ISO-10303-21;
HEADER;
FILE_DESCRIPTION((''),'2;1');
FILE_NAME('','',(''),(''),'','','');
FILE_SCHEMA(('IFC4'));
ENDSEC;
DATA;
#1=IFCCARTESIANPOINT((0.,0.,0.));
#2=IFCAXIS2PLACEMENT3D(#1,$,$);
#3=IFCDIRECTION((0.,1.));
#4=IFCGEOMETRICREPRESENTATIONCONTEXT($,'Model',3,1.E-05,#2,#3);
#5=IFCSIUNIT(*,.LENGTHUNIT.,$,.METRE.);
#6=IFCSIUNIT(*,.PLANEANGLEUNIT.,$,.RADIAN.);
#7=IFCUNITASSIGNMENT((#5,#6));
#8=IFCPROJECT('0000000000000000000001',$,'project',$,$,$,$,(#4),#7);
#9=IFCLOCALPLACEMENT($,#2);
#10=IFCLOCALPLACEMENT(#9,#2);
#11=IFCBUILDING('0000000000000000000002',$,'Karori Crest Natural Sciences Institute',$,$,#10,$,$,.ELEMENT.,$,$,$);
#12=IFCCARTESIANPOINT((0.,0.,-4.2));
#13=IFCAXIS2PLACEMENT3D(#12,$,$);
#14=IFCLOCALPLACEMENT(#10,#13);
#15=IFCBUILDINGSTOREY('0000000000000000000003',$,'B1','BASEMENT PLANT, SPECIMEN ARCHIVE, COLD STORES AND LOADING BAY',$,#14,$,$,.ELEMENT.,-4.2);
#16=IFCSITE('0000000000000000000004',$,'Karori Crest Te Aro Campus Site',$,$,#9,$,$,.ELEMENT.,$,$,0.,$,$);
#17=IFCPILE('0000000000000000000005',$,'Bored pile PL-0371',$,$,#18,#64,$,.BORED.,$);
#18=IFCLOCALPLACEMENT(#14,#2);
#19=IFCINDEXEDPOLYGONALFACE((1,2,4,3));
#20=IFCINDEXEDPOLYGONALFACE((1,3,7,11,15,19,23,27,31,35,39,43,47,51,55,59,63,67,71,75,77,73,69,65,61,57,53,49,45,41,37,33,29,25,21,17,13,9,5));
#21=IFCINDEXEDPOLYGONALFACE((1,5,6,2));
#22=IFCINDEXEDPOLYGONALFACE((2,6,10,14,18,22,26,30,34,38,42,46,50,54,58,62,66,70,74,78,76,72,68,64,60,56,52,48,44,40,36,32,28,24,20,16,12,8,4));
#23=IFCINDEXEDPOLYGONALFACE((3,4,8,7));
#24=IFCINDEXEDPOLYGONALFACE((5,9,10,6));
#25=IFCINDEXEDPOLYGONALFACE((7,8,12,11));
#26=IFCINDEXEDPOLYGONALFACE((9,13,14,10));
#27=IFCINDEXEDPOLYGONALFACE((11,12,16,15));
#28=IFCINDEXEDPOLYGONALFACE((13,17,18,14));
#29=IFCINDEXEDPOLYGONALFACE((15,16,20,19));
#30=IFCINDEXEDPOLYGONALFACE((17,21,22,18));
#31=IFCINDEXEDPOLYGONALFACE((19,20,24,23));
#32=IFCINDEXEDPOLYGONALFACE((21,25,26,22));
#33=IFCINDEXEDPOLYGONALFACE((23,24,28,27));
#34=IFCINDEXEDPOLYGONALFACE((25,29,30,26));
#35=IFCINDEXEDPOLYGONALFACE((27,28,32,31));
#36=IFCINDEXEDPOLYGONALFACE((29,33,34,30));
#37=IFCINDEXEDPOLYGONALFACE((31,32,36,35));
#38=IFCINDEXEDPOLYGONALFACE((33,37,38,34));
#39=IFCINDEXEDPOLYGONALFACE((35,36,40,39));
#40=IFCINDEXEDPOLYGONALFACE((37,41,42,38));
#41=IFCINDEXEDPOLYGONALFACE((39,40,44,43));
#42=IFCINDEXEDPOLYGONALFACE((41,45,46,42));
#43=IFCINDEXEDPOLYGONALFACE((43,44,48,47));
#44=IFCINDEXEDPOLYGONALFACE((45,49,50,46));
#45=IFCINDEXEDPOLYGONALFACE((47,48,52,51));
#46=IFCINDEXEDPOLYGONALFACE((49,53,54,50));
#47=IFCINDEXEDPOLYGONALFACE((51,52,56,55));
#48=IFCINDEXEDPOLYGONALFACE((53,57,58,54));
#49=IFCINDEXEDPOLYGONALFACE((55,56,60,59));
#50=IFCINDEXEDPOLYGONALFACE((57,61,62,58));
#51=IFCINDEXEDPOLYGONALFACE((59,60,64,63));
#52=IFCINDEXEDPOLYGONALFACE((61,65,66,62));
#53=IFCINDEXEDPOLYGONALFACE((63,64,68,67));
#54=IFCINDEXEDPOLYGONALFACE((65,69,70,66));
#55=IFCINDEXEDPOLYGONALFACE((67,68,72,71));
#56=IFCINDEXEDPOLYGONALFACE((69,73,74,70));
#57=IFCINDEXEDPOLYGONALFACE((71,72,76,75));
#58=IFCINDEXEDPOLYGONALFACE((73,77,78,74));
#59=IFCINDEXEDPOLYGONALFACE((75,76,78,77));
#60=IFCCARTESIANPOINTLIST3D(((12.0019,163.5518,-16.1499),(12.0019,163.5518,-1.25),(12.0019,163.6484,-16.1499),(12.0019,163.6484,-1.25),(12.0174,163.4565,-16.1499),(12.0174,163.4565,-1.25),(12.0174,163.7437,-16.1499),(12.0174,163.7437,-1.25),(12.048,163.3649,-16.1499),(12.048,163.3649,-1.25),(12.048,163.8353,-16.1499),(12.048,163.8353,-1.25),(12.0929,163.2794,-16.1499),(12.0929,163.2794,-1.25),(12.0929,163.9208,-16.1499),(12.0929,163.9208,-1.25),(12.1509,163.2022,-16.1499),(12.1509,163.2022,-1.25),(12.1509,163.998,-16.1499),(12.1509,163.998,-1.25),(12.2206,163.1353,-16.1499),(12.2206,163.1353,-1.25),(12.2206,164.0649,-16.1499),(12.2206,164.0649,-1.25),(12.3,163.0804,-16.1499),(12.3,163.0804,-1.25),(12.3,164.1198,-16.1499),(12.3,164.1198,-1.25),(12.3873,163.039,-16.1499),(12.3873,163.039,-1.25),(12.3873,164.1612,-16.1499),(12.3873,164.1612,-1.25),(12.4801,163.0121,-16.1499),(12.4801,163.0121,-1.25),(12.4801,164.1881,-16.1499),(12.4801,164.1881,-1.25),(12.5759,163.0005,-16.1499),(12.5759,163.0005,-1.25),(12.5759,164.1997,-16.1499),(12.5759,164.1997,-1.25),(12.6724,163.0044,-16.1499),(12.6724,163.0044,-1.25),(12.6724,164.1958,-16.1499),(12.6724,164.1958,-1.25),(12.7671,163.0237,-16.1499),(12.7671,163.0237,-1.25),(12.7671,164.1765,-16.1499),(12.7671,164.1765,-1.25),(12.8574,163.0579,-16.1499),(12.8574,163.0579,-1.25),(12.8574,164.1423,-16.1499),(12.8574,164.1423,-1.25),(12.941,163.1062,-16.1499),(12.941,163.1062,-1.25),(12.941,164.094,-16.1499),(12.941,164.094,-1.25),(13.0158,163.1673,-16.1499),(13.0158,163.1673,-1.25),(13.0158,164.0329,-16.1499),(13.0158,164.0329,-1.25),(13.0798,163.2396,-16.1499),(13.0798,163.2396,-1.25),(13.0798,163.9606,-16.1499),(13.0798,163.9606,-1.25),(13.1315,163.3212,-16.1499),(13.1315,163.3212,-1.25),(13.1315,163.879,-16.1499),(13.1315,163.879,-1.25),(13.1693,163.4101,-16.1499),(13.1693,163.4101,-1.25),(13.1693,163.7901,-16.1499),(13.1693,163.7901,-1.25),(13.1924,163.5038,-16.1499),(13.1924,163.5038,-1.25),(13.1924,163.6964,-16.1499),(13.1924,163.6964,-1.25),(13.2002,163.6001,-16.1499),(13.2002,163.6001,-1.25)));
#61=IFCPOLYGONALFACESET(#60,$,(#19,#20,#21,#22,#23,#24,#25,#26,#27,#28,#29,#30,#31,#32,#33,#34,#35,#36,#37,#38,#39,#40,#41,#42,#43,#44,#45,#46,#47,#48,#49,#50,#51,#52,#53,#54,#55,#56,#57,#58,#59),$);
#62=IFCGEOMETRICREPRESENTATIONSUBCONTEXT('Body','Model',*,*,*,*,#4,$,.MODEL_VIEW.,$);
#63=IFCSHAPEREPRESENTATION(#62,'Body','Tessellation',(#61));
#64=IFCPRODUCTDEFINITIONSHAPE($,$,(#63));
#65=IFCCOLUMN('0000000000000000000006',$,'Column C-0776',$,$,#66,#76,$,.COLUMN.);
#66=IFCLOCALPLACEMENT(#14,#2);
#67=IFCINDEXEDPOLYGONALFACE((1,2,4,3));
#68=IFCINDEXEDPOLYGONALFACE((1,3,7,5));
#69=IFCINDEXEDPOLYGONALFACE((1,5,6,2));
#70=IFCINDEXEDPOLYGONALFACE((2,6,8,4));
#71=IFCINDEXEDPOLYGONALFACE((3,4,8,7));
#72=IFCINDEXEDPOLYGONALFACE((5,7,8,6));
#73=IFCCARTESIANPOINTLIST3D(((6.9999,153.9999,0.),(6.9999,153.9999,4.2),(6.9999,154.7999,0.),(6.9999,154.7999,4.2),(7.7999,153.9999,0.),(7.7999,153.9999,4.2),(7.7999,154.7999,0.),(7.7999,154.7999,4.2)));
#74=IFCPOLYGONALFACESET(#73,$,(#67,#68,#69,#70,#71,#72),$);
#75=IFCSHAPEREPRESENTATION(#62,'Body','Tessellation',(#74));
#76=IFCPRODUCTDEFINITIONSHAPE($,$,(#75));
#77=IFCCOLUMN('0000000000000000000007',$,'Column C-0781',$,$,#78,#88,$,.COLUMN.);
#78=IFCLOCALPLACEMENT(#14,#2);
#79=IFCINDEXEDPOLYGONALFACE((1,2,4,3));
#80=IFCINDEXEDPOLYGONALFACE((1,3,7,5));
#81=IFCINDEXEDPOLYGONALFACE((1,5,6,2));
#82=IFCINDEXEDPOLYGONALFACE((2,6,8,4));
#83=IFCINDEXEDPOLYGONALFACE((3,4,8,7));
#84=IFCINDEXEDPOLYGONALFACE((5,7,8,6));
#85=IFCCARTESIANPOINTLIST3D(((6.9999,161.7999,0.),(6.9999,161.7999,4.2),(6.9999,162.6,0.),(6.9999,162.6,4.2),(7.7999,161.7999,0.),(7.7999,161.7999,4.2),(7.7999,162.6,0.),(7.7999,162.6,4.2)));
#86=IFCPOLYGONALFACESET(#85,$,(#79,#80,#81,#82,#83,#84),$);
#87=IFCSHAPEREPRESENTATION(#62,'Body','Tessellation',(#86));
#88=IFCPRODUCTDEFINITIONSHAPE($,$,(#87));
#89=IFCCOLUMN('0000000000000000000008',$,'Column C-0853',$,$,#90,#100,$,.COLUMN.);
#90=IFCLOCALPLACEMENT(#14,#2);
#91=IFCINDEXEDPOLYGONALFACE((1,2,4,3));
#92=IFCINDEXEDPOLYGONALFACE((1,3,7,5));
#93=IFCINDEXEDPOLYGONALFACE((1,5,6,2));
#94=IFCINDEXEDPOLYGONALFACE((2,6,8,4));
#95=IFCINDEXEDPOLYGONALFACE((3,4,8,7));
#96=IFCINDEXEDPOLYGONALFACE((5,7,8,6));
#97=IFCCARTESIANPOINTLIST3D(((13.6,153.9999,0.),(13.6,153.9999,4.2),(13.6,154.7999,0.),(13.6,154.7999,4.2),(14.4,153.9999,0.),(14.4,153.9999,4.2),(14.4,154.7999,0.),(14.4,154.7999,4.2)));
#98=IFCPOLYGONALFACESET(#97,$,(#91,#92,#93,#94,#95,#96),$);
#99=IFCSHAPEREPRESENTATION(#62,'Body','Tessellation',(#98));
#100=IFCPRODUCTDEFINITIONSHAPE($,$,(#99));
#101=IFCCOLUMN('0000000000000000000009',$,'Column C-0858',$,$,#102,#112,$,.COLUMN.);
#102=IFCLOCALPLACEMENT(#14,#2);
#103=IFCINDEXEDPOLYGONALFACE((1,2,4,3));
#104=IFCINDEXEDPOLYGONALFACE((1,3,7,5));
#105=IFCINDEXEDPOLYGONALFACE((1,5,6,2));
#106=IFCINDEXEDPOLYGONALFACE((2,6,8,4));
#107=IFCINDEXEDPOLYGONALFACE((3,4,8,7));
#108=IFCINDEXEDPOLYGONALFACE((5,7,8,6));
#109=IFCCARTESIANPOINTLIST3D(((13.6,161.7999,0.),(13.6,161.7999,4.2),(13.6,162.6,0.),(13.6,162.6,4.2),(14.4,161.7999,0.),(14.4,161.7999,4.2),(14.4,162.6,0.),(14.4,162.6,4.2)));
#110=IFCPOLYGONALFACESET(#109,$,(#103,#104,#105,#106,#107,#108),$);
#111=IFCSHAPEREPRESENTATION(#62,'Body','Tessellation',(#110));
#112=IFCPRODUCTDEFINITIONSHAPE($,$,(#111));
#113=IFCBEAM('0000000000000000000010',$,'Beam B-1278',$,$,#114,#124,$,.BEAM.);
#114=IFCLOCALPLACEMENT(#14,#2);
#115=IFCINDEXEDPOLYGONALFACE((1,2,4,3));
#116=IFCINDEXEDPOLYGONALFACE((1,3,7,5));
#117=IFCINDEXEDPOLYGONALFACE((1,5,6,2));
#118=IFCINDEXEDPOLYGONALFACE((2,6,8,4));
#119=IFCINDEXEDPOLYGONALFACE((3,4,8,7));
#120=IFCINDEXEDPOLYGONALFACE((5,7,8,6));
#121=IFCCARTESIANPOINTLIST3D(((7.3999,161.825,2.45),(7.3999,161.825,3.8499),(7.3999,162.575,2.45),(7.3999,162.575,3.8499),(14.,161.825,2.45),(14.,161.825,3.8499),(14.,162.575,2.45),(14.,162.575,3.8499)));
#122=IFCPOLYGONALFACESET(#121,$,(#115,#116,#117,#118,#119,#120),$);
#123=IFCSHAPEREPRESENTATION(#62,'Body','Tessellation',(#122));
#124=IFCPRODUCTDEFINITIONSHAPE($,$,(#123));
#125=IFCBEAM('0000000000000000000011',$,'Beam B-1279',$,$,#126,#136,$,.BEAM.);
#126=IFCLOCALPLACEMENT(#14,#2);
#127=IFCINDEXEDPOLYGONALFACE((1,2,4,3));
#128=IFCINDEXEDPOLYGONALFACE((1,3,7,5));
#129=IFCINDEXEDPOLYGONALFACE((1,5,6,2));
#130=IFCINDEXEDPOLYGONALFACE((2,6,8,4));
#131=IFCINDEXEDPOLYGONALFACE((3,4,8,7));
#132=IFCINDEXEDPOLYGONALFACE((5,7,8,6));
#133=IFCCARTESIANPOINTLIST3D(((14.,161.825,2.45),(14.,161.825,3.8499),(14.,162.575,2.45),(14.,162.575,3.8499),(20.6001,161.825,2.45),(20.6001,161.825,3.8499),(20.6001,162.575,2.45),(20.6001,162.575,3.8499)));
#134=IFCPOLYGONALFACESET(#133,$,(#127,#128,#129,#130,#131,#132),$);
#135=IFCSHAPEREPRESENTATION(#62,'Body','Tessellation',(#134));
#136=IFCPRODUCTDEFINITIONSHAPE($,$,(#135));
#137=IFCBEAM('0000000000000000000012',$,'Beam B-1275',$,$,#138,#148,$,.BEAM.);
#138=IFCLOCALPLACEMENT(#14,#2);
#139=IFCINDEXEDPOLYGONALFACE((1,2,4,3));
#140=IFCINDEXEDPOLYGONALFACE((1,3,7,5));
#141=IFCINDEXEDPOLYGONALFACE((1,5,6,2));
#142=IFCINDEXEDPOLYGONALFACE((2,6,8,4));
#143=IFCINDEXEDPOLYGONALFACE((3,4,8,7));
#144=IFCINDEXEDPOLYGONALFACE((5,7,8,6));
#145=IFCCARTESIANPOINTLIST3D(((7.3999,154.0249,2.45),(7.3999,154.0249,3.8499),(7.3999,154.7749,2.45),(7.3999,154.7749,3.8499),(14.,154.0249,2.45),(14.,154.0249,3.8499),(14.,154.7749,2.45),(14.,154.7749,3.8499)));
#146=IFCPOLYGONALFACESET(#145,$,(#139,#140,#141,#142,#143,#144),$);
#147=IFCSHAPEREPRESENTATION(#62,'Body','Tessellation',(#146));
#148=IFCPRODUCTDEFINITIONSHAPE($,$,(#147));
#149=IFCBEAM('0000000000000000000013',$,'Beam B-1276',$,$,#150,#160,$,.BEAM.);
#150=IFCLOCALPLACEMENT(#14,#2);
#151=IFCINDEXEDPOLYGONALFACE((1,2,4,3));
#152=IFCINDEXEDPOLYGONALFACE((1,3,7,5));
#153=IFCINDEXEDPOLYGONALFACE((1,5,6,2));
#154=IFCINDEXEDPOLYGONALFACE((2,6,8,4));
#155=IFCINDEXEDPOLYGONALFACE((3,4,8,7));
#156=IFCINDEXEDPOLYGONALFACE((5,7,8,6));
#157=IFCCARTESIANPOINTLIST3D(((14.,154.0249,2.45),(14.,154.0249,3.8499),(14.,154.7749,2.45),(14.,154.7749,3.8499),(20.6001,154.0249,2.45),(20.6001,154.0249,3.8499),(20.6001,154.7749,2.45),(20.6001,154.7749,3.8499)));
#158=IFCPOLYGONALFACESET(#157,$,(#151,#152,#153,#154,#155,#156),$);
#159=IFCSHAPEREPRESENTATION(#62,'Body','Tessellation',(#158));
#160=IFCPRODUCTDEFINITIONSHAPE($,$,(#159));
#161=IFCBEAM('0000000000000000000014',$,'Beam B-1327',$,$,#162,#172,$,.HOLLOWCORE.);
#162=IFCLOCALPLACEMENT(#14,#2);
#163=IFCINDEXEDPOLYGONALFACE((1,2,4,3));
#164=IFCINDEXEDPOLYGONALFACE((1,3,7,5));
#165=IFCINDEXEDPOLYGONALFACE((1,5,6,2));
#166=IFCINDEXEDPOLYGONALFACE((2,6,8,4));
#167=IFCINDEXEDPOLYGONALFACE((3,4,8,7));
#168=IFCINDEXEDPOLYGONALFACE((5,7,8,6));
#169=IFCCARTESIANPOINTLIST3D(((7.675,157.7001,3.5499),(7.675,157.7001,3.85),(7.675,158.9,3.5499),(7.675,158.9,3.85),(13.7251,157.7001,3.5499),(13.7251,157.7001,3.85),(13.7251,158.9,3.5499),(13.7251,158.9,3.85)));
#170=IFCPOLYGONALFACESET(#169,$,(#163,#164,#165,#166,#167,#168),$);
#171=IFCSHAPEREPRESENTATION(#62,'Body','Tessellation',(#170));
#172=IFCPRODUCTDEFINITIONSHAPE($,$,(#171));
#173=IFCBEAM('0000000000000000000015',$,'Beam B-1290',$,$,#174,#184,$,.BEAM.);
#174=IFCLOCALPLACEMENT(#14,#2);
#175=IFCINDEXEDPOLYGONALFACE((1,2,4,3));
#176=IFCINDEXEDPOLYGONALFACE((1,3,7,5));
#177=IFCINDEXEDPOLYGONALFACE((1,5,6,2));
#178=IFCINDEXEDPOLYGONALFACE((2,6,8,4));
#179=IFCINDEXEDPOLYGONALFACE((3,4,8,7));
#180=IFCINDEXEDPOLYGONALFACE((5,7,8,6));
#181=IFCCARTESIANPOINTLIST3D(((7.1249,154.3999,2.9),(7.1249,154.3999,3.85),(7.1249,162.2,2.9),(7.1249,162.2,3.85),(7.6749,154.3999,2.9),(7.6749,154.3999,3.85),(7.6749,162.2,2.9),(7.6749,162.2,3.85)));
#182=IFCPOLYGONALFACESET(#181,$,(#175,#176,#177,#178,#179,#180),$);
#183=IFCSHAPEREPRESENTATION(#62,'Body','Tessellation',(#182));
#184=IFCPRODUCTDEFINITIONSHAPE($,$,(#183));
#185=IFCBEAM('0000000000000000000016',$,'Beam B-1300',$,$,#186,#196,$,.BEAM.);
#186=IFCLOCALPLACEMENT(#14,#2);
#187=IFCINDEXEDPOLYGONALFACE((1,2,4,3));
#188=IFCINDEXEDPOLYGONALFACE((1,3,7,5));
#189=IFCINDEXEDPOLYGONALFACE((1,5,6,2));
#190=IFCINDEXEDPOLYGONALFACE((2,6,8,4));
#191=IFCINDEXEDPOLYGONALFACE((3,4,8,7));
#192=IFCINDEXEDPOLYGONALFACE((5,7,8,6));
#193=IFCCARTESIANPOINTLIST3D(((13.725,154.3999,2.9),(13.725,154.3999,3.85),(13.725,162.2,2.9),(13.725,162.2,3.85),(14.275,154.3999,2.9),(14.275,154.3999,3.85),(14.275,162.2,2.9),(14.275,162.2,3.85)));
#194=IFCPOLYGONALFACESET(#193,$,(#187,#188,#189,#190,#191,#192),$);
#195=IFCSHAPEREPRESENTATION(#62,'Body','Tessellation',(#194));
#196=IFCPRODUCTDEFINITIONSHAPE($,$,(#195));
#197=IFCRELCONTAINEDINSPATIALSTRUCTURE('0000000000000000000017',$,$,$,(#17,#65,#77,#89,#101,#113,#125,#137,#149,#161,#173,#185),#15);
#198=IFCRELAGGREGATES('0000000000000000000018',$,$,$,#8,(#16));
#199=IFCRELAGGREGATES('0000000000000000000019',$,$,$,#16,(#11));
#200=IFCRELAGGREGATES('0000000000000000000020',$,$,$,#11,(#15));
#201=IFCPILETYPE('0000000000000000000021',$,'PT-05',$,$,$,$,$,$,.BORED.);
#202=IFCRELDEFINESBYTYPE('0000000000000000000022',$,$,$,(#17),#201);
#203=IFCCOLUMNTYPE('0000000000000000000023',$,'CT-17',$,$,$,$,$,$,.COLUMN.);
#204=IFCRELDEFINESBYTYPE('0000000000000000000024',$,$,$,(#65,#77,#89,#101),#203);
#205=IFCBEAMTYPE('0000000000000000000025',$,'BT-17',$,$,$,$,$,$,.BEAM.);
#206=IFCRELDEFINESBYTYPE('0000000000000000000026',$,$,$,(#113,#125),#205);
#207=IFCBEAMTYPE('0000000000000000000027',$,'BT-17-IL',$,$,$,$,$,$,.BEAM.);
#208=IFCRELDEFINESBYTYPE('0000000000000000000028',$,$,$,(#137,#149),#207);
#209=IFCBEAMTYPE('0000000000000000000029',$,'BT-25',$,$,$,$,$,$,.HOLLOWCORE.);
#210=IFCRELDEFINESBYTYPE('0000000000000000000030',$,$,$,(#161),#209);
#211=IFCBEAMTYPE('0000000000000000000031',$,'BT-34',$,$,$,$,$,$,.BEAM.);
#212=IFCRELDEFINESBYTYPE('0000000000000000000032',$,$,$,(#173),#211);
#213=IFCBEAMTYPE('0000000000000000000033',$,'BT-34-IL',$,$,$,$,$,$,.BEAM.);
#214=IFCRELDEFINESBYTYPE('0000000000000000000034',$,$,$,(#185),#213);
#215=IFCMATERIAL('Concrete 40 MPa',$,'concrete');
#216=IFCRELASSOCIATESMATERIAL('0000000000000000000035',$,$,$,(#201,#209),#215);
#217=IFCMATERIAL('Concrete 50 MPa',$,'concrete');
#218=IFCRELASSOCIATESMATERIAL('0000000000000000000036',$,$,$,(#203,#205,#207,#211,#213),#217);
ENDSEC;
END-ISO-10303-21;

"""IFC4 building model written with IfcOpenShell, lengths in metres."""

from ifc_helpers import new_model, si_unit, direction, frame, origin, origin_2d, place, context, subcontext, project, spatial, rectangle, circle, extrude, material, material_profile, profile_set, type_object, element, save


model = new_model("IFC4")

# Units and contexts
model_context = context("Model", 3, precision=1e-05, world=origin(), true_north=direction((0.0, 1.0)))
body_context = subcontext(model_context, "Body", "Model", "MODEL_VIEW")
ifc_project = project(units=[si_unit("LENGTHUNIT", "METRE"), si_unit("PLANEANGLEUNIT", "RADIAN")], contexts=[model_context])

# Site, building, storey
site_placement = place(None, origin())
site = spatial("IfcSite", under=ifc_project, at=site_placement, Name="Karori Crest Te Aro Campus Site", CompositionType="ELEMENT", RefElevation=0.0)
building_placement = place(site_placement, origin())
building = spatial("IfcBuilding", under=site, at=building_placement, Name="Karori Crest Natural Sciences Institute", CompositionType="ELEMENT")
storey_placement = place(building_placement, frame((0.0, 0.0, -4.2)))
storey = spatial("IfcBuildingStorey", under=building, at=storey_placement, Name="B1", Description="BASEMENT PLANT, SPECIMEN ARCHIVE, COLD STORES AND LOADING BAY", CompositionType="ELEMENT", Elevation=-4.2)

# Shared definitions
ifc_material_1 = material(Name="Concrete 40 MPa", Category="concrete")

# Pile
ifc_material_profile_1 = material_profile(ifc_material_1, circle(Radius=0.6001, at=origin_2d()), Name="PILE1200")
ifc_profile_set_1 = profile_set([ifc_material_profile_1], Name="Concrete 40 MPa")
pile_type = type_object("IfcPileType", Name="PT-05", PredefinedType="BORED", material=ifc_profile_set_1)
for number, where, z_axis, x_axis, name in (
    (1, (12.6001, 163.6001, -1.25), (0.0, 0.0, -1.0), (1.0, 0.0, 0.0), "Bored pile PL-0371"),
):
    element("IfcPile", number, at=place(storey_placement, frame(where, z_axis=z_axis, x_axis=x_axis)), inside=storey, type_object=pile_type, Name=name, PredefinedType="BORED", context=body_context, shape_type="SweptSolid", body=[
        extrude(circle(Radius=0.6001, at=origin_2d()), origin(), (0.0, 0.0, 1.0), 14.8999),
    ])

# Columns
ifc_material_2 = material(Name="Concrete 50 MPa", Category="concrete")
ifc_material_profile_2 = material_profile(ifc_material_2, rectangle(XDim=0.8, YDim=0.8, at=origin_2d()), Name="RC800x800")
ifc_profile_set_2 = profile_set([ifc_material_profile_2], Name="Concrete 50 MPa")
column_type = type_object("IfcColumnType", Name="CT-17", PredefinedType="COLUMN", material=ifc_profile_set_2)
for number, where, z_axis, x_axis, name in (
    (2, (7.3999, 154.3999, 0.0), (0.0, 0.0, 1.0), (1.0, 0.0, 0.0), "Column C-0776"),
    (3, (7.3999, 162.2, 0.0), (0.0, 0.0, 1.0), (1.0, 0.0, 0.0), "Column C-0781"),
    (4, (14.0, 154.3999, 0.0), (0.0, 0.0, 1.0), (1.0, 0.0, 0.0), "Column C-0853"),
    (5, (14.0, 162.2, 0.0), (0.0, 0.0, 1.0), (1.0, 0.0, 0.0), "Column C-0858"),
):
    element("IfcColumn", number, at=place(storey_placement, frame(where, z_axis=z_axis, x_axis=x_axis)), inside=storey, type_object=column_type, Name=name, PredefinedType="COLUMN", context=body_context, shape_type="SweptSolid", body=[
        extrude(rectangle(XDim=0.8, YDim=0.8, at=origin_2d()), origin(), (0.0, 0.0, 1.0), 4.2),
    ])

# Beams
ifc_material_profile_3 = material_profile(ifc_material_2, rectangle(XDim=0.75, YDim=1.3999, at=origin_2d()), Name="RCB750x1400")
ifc_profile_set_3 = profile_set([ifc_material_profile_3], Name="Concrete 50 MPa")
beam_type_1 = type_object("IfcBeamType", Name="BT-17", PredefinedType="BEAM", material=ifc_profile_set_3)
for number, where, z_axis, x_axis, name in (
    (6, (7.3999, 162.2, 3.1499), (1.0, 0.0, 0.0), (0.0, 1.0, 0.0), "Beam B-1278"),
    (7, (14.0, 162.2, 3.1499), (1.0, 0.0, 0.0), (0.0, 1.0, 0.0), "Beam B-1279"),
):
    element("IfcBeam", number, at=place(storey_placement, frame(where, z_axis=z_axis, x_axis=x_axis)), inside=storey, type_object=beam_type_1, Name=name, PredefinedType="BEAM", context=body_context, shape_type="SweptSolid", body=[
        extrude(rectangle(XDim=0.75, YDim=1.3999, at=origin_2d()), origin(), (0.0, 0.0, 1.0), 6.6001),
    ])
ifc_material_profile_4 = material_profile(ifc_material_2, rectangle(XDim=0.75, YDim=1.3999, at=origin_2d()), Name="RCB750x1400")
ifc_profile_set_4 = profile_set([ifc_material_profile_4], Name="Concrete 50 MPa")
beam_type_2 = type_object("IfcBeamType", Name="BT-17-IL", PredefinedType="BEAM", material=ifc_profile_set_4)
for number, where, z_axis, x_axis, name in (
    (8, (7.3999, 154.3999, 3.1499), (1.0, 0.0, 0.0), (0.0, 1.0, 0.0), "Beam B-1275"),
    (9, (14.0, 154.3999, 3.1499), (1.0, 0.0, 0.0), (0.0, 1.0, 0.0), "Beam B-1276"),
):
    element("IfcBeam", number, at=place(storey_placement, frame(where, z_axis=z_axis, x_axis=x_axis)), inside=storey, type_object=beam_type_2, Name=name, PredefinedType="BEAM", context=body_context, shape_type="SweptSolid", body=[
        extrude(rectangle(XDim=0.75, YDim=1.3999, at=origin_2d()), origin(), (0.0, 0.0, 1.0), 6.6001),
    ])
ifc_material_profile_5 = material_profile(ifc_material_1, rectangle(XDim=1.2, YDim=0.3, at=origin_2d()), Name="HCP1200x300")
ifc_profile_set_5 = profile_set([ifc_material_profile_5], Name="Concrete 40 MPa")
beam_type_3 = type_object("IfcBeamType", Name="BT-25", PredefinedType="HOLLOWCORE", material=ifc_profile_set_5)
beam_1_placement = place(storey_placement, frame((7.675, 158.3, 3.7), z_axis=(1.0, 0.0, 0.0), x_axis=(0.0, 1.0, 0.0)))
element("IfcBeam", 10, at=beam_1_placement, inside=storey, type_object=beam_type_3, Name="Beam B-1327", PredefinedType="HOLLOWCORE", context=body_context, shape_type="SweptSolid", body=[
    extrude(rectangle(XDim=1.2, YDim=0.3, at=origin_2d()), origin(), (0.0, 0.0, 1.0), 6.05),
])
ifc_material_profile_6 = material_profile(ifc_material_2, rectangle(XDim=0.55, YDim=0.95, at=origin_2d()), Name="RCB550x950")
ifc_profile_set_6 = profile_set([ifc_material_profile_6], Name="Concrete 50 MPa")
beam_type_4 = type_object("IfcBeamType", Name="BT-34", PredefinedType="BEAM", material=ifc_profile_set_6)
beam_2_placement = place(storey_placement, frame((7.3999, 154.3999, 3.375), z_axis=(0.0, 1.0, 0.0), x_axis=(-1.0, 0.0, 0.0)))
element("IfcBeam", 11, at=beam_2_placement, inside=storey, type_object=beam_type_4, Name="Beam B-1290", PredefinedType="BEAM", context=body_context, shape_type="SweptSolid", body=[
    extrude(rectangle(XDim=0.55, YDim=0.95, at=origin_2d()), origin(), (0.0, 0.0, 1.0), 7.8),
])
ifc_material_profile_7 = material_profile(ifc_material_2, rectangle(XDim=0.55, YDim=0.95, at=origin_2d()), Name="RCB550x950")
ifc_profile_set_7 = profile_set([ifc_material_profile_7], Name="Concrete 50 MPa")
beam_type_5 = type_object("IfcBeamType", Name="BT-34-IL", PredefinedType="BEAM", material=ifc_profile_set_7)
beam_3_placement = place(storey_placement, frame((14.0, 154.3999, 3.375), z_axis=(0.0, 1.0, 0.0), x_axis=(-1.0, 0.0, 0.0)))
element("IfcBeam", 12, at=beam_3_placement, inside=storey, type_object=beam_type_5, Name="Beam B-1300", PredefinedType="BEAM", context=body_context, shape_type="SweptSolid", body=[
    extrude(rectangle(XDim=0.55, YDim=0.95, at=origin_2d()), origin(), (0.0, 0.0, 1.0), 7.8),
])

save(model, "model.ifc")
